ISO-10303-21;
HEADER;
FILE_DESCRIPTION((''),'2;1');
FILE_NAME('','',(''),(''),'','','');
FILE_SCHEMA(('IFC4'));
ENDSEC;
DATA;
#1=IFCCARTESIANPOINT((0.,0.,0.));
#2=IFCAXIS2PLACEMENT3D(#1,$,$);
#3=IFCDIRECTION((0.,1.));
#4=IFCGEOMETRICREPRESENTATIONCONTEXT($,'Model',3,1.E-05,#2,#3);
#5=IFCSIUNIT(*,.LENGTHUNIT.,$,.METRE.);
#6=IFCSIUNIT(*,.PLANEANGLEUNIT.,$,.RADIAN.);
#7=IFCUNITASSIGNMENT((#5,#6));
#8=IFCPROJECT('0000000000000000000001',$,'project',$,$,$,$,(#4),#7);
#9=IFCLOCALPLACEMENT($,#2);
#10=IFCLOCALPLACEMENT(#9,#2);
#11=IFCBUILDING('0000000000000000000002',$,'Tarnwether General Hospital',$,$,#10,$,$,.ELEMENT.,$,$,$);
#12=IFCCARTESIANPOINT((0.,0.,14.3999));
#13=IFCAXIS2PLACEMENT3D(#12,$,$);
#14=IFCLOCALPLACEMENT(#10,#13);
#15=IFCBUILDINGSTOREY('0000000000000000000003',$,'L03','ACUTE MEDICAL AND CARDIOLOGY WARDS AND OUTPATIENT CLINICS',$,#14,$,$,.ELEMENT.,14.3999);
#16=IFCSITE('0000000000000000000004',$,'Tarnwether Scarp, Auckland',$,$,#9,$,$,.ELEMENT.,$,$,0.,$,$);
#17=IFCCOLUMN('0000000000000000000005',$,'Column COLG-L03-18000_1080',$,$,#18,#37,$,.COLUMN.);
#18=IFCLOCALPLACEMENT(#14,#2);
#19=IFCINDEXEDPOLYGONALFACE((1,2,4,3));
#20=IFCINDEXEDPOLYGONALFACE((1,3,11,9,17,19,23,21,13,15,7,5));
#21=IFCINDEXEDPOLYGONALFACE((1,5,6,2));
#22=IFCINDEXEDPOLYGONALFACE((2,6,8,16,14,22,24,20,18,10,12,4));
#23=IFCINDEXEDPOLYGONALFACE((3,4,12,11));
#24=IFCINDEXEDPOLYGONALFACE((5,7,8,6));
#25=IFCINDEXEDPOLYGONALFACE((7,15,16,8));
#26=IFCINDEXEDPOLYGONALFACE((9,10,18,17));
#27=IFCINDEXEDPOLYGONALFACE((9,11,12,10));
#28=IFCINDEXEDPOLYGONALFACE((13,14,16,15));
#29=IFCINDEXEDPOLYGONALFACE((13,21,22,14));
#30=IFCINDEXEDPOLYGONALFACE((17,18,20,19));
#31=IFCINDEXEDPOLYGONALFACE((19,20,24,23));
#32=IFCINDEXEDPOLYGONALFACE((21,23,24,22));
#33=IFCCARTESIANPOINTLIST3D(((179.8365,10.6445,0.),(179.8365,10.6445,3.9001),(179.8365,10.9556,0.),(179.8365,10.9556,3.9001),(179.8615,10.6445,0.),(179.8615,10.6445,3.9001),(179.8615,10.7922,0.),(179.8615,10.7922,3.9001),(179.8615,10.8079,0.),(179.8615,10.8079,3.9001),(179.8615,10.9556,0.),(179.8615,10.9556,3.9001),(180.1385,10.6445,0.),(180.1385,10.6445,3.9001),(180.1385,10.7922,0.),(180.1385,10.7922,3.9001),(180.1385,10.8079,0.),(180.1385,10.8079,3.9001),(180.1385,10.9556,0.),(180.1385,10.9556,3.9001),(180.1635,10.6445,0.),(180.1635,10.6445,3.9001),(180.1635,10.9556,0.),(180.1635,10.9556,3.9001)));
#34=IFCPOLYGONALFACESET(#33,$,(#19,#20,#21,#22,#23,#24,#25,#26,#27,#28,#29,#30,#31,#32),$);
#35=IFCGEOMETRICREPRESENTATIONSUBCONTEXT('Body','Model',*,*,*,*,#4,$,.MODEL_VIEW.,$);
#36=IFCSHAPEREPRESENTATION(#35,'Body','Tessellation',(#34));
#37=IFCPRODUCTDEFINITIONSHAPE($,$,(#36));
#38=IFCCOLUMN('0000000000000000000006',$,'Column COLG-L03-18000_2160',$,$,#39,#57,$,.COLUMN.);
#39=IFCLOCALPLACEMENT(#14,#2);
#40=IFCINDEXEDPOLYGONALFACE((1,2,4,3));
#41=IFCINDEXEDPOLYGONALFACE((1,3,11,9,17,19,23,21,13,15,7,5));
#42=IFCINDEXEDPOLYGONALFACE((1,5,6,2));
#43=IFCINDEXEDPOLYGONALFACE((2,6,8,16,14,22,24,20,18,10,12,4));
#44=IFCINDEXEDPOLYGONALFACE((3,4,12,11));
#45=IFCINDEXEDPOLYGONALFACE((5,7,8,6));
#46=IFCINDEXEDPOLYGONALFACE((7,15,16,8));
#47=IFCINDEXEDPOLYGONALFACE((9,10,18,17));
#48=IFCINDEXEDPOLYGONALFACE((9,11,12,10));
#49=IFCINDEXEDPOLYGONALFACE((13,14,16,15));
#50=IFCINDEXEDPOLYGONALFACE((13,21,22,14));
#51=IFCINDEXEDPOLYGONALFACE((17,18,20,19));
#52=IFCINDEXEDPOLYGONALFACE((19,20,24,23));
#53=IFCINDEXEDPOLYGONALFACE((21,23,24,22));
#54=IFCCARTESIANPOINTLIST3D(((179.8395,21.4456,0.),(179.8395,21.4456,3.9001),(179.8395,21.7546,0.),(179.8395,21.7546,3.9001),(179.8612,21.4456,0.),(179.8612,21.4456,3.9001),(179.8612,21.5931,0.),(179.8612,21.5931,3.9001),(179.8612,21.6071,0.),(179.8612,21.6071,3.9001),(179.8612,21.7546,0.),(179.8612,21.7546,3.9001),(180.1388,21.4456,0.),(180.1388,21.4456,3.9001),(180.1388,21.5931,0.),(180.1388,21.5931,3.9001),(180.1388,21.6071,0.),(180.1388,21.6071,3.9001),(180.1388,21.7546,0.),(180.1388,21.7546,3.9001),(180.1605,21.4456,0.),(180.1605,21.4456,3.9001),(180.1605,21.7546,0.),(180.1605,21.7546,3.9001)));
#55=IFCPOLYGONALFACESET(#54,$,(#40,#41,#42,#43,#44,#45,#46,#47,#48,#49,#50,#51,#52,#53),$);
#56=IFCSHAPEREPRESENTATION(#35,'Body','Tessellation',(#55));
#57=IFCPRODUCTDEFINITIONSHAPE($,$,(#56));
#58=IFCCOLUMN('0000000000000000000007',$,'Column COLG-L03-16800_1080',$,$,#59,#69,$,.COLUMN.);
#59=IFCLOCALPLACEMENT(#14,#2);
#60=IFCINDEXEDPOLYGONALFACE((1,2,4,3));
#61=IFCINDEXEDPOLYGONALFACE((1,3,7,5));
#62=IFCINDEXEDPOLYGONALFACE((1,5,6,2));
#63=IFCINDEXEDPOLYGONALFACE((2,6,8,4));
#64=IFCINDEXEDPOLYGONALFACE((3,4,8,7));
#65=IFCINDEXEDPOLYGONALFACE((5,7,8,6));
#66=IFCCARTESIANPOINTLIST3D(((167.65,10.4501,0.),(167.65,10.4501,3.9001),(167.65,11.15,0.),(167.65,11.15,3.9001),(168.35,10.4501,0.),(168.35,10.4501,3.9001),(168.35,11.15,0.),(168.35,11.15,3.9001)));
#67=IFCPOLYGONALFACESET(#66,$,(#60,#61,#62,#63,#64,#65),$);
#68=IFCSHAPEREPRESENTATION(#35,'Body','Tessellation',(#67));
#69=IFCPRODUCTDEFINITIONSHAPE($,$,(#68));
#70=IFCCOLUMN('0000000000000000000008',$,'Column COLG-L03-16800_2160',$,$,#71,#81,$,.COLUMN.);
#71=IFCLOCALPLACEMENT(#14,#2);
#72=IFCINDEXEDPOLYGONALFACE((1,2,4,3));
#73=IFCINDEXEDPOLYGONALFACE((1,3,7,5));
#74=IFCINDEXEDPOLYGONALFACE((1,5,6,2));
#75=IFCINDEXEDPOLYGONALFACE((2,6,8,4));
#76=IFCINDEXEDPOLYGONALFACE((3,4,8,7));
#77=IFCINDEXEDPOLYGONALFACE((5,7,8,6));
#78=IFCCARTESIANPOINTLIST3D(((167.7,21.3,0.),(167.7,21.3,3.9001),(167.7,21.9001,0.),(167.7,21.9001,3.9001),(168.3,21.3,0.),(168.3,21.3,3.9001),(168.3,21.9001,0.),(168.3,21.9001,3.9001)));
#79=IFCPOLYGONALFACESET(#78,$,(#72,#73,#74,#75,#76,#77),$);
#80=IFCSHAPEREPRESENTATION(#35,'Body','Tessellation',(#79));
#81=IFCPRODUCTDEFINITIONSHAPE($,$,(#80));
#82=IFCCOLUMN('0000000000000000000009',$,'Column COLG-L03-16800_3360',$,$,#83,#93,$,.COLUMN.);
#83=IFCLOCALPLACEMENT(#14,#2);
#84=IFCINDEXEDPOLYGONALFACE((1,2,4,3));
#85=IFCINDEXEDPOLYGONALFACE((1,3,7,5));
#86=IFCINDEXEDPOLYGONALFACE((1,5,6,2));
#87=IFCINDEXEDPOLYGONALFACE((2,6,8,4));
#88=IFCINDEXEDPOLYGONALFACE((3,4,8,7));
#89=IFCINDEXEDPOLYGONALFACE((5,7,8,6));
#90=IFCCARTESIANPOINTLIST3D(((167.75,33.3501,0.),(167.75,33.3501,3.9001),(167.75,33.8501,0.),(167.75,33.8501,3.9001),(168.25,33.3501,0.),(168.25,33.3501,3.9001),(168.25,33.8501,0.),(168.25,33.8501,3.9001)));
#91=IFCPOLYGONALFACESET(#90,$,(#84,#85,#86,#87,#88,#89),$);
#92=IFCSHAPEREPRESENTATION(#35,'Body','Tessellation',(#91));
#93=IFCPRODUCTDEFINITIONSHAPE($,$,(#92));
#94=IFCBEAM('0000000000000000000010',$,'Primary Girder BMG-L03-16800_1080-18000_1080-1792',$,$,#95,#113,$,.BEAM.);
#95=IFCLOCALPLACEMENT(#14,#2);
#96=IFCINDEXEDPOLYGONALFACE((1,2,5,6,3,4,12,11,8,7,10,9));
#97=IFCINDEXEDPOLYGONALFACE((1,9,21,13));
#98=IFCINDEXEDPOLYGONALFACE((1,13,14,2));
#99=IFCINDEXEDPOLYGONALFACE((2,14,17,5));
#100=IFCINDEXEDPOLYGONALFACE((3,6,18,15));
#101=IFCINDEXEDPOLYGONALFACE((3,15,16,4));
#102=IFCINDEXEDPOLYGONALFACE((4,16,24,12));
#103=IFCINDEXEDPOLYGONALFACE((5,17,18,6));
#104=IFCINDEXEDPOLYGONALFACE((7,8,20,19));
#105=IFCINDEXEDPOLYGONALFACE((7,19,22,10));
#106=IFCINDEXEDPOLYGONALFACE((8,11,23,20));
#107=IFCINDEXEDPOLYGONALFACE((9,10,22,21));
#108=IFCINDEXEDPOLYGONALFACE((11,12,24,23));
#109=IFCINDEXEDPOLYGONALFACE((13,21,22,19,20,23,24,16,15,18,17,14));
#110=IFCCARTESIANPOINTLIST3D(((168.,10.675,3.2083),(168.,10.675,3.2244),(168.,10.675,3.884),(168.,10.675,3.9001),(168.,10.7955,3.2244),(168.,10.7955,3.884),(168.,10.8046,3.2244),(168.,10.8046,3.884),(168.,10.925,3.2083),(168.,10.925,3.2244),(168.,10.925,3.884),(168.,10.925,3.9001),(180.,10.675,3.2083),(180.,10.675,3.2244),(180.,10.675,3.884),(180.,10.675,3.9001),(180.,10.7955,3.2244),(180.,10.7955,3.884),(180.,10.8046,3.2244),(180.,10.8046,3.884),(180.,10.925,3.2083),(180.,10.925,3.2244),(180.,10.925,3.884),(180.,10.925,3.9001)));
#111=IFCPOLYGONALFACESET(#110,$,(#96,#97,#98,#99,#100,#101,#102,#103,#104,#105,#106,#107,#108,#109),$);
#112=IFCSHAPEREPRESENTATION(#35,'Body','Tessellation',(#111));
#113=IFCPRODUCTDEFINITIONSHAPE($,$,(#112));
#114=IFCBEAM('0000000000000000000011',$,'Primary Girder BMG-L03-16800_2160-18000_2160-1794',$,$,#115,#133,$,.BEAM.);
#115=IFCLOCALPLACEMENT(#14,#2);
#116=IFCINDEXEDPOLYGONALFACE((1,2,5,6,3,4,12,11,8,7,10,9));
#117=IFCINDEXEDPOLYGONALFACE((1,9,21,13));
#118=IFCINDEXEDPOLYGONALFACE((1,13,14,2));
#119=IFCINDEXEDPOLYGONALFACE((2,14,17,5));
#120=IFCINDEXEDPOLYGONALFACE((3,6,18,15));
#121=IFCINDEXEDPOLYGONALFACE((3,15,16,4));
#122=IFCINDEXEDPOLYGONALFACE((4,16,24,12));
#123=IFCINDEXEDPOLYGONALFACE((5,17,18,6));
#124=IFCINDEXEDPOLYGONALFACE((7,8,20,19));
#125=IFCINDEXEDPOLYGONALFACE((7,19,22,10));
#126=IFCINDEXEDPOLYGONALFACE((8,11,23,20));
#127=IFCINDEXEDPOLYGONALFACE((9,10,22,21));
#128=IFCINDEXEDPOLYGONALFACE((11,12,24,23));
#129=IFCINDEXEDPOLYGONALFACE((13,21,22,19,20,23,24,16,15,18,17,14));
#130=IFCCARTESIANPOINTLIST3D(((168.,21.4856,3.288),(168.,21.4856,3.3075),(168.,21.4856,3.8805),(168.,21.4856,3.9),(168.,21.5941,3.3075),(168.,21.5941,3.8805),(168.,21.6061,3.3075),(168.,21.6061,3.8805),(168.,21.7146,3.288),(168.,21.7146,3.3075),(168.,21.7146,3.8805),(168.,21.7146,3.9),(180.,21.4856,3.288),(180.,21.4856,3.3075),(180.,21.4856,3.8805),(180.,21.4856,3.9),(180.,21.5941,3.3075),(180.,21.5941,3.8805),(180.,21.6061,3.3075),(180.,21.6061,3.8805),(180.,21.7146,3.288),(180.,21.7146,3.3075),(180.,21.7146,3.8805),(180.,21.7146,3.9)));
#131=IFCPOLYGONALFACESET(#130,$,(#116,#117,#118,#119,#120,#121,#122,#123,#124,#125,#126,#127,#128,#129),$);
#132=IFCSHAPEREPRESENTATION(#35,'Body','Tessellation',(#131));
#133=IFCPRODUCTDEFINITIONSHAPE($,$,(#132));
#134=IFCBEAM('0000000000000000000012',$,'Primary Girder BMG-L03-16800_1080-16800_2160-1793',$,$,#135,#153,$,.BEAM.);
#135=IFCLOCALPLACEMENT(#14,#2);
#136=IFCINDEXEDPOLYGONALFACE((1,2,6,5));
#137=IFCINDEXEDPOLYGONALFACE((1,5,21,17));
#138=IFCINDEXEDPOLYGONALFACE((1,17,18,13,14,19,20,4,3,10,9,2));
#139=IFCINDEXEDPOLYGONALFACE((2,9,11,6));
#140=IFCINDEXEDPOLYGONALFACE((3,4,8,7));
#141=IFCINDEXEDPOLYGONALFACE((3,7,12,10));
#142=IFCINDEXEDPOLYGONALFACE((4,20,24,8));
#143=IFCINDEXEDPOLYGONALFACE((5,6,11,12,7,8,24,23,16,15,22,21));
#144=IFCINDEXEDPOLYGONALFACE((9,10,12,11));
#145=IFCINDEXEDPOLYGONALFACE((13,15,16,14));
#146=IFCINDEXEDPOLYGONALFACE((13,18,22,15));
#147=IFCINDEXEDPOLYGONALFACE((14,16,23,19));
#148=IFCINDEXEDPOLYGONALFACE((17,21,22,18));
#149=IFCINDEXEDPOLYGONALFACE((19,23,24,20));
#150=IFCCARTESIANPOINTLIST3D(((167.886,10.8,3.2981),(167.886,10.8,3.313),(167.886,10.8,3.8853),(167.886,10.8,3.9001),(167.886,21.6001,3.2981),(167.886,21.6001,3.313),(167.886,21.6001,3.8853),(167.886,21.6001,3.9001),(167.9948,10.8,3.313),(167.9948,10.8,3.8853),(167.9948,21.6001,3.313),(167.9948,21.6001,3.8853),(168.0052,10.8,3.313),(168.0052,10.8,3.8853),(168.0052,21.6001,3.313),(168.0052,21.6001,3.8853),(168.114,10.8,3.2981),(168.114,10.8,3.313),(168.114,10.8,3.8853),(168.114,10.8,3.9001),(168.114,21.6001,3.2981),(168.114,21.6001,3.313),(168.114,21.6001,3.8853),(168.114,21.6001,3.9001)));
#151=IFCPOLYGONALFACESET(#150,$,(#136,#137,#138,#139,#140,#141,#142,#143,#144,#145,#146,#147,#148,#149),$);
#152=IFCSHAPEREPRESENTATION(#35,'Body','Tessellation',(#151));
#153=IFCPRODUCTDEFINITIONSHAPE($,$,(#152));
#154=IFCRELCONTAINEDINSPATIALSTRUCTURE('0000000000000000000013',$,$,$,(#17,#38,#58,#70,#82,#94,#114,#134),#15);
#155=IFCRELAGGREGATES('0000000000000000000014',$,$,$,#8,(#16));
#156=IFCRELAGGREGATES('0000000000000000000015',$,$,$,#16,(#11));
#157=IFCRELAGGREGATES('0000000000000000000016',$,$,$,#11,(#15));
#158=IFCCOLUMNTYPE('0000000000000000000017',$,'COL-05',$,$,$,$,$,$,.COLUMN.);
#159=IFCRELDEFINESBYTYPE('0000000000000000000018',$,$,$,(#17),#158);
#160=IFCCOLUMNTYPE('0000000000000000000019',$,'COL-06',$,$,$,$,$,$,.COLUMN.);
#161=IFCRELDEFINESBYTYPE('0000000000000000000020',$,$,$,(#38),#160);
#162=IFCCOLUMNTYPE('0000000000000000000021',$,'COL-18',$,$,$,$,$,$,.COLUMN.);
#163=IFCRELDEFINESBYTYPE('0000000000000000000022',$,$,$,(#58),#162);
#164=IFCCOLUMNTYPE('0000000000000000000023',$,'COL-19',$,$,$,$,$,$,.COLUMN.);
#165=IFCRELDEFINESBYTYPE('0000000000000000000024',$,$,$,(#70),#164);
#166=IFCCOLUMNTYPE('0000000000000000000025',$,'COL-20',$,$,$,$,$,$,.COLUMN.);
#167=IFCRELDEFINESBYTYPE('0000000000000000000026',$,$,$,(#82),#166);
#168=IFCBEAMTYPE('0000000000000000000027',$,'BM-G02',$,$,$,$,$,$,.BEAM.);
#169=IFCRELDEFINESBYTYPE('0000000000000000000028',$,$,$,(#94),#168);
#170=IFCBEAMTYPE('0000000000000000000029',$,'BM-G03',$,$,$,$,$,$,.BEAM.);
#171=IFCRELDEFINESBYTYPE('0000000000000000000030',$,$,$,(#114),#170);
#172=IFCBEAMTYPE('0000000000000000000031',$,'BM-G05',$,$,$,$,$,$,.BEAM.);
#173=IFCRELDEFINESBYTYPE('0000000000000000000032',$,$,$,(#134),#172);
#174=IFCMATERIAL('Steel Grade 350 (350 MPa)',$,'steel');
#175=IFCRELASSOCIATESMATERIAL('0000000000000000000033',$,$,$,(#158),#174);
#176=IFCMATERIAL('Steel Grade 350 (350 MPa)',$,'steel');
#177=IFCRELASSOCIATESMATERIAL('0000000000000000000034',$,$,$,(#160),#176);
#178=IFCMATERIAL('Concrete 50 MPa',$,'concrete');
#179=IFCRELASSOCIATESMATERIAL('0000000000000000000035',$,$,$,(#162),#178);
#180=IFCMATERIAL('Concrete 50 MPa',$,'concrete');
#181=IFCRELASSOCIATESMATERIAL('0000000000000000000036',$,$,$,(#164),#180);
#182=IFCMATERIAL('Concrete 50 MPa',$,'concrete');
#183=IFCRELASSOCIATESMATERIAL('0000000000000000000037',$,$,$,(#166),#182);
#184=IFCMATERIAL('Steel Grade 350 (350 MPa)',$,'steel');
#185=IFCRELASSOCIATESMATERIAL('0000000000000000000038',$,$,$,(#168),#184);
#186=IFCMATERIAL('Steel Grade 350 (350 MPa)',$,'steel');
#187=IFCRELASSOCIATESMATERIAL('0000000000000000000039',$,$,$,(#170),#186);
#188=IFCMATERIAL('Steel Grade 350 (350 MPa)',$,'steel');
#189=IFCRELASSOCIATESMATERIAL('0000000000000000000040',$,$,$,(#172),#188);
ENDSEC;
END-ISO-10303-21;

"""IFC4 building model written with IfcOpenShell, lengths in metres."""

from ifc_helpers import new_model, si_unit, direction, frame, origin, origin_2d, place, context, subcontext, project, spatial, rectangle, i_section, extrude, material, material_profile, profile_set, type_object, element, save


model = new_model("IFC4")

# Units and contexts
model_context = context("Model", 3, precision=1e-05, world=origin(), true_north=direction((0.0, 1.0)))
body_context = subcontext(model_context, "Body", "Model", "MODEL_VIEW")
ifc_project = project(units=[si_unit("LENGTHUNIT", "METRE"), si_unit("PLANEANGLEUNIT", "RADIAN")], contexts=[model_context])

# Site, building, storey
site_placement = place(None, origin())
site = spatial("IfcSite", under=ifc_project, at=site_placement, Name="Tarnwether Scarp, Auckland", CompositionType="ELEMENT", RefElevation=0.0)
building_placement = place(site_placement, origin())
building = spatial("IfcBuilding", under=site, at=building_placement, Name="Tarnwether General Hospital", CompositionType="ELEMENT")
storey_placement = place(building_placement, frame((0.0, 0.0, 14.3999)))
storey = spatial("IfcBuildingStorey", under=building, at=storey_placement, Name="L03", Description="ACUTE MEDICAL AND CARDIOLOGY WARDS AND OUTPATIENT CLINICS", CompositionType="ELEMENT", Elevation=14.3999)

# Columns
ifc_material_1 = material(Name="Steel Grade 350 (350 MPa)", Category="steel")
ifc_material_profile_1 = material_profile(ifc_material_1, i_section(OverallWidth=0.311, OverallDepth=0.3269, WebThickness=0.0156, FlangeThickness=0.0249, at=origin_2d()), Name="310UC158")
ifc_profile_set_1 = profile_set([ifc_material_profile_1], Name="Steel Grade 350 (350 MPa)")
column_type_1 = type_object("IfcColumnType", Name="COL-05", PredefinedType="COLUMN", material=ifc_profile_set_1)
column_1_placement = place(storey_placement, frame((180.0, 10.8, 0.0), z_axis=(0.0, 0.0, 1.0), x_axis=(0.0, 1.0, 0.0)))
element("IfcColumn", 1, at=column_1_placement, inside=storey, type_object=column_type_1, Name="Column COLG-L03-18000_1080", PredefinedType="COLUMN", context=body_context, shape_type="SweptSolid", body=[
    extrude(i_section(OverallWidth=0.311, OverallDepth=0.3269, WebThickness=0.0156, FlangeThickness=0.0249, at=origin_2d()), origin(), (0.0, 0.0, 1.0), 3.9001),
])
ifc_material_2 = material(Name="Steel Grade 350 (350 MPa)", Category="steel")
ifc_material_profile_2 = material_profile(ifc_material_2, i_section(OverallWidth=0.3091, OverallDepth=0.321, WebThickness=0.0139, FlangeThickness=0.0217, at=origin_2d()), Name="310UC137")
ifc_profile_set_2 = profile_set([ifc_material_profile_2], Name="Steel Grade 350 (350 MPa)")
column_type_2 = type_object("IfcColumnType", Name="COL-06", PredefinedType="COLUMN", material=ifc_profile_set_2)
column_2_placement = place(storey_placement, frame((180.0, 21.6001, 0.0), z_axis=(0.0, 0.0, 1.0), x_axis=(0.0, 1.0, 0.0)))
element("IfcColumn", 2, at=column_2_placement, inside=storey, type_object=column_type_2, Name="Column COLG-L03-18000_2160", PredefinedType="COLUMN", context=body_context, shape_type="SweptSolid", body=[
    extrude(i_section(OverallWidth=0.3091, OverallDepth=0.321, WebThickness=0.0139, FlangeThickness=0.0217, at=origin_2d()), origin(), (0.0, 0.0, 1.0), 3.9001),
])
ifc_material_3 = material(Name="Concrete 50 MPa", Category="concrete")
ifc_material_profile_3 = material_profile(ifc_material_3, rectangle(XDim=0.7, YDim=0.7, at=origin_2d()), Name="RC-COL-700x700")
ifc_profile_set_3 = profile_set([ifc_material_profile_3], Name="Concrete 50 MPa")
column_type_3 = type_object("IfcColumnType", Name="COL-18", PredefinedType="COLUMN", material=ifc_profile_set_3)
column_3_placement = place(storey_placement, frame((168.0, 10.8, 0.0), z_axis=(0.0, 0.0, 1.0), x_axis=(1.0, 0.0, 0.0)))
element("IfcColumn", 3, at=column_3_placement, inside=storey, type_object=column_type_3, Name="Column COLG-L03-16800_1080", PredefinedType="COLUMN", context=body_context, shape_type="SweptSolid", body=[
    extrude(rectangle(XDim=0.7, YDim=0.7, at=origin_2d()), origin(), (0.0, 0.0, 1.0), 3.9001),
])
ifc_material_4 = material(Name="Concrete 50 MPa", Category="concrete")
ifc_material_profile_4 = material_profile(ifc_material_4, rectangle(XDim=0.6001, YDim=0.6001, at=origin_2d()), Name="RC-COL-600x600")
ifc_profile_set_4 = profile_set([ifc_material_profile_4], Name="Concrete 50 MPa")
column_type_4 = type_object("IfcColumnType", Name="COL-19", PredefinedType="COLUMN", material=ifc_profile_set_4)
column_4_placement = place(storey_placement, frame((168.0, 21.6001, 0.0), z_axis=(0.0, 0.0, 1.0), x_axis=(1.0, 0.0, 0.0)))
element("IfcColumn", 4, at=column_4_placement, inside=storey, type_object=column_type_4, Name="Column COLG-L03-16800_2160", PredefinedType="COLUMN", context=body_context, shape_type="SweptSolid", body=[
    extrude(rectangle(XDim=0.6001, YDim=0.6001, at=origin_2d()), origin(), (0.0, 0.0, 1.0), 3.9001),
])
ifc_material_5 = material(Name="Concrete 50 MPa", Category="concrete")
ifc_material_profile_5 = material_profile(ifc_material_5, rectangle(XDim=0.5, YDim=0.5, at=origin_2d()), Name="RC-COL-500x500")
ifc_profile_set_5 = profile_set([ifc_material_profile_5], Name="Concrete 50 MPa")
column_type_5 = type_object("IfcColumnType", Name="COL-20", PredefinedType="COLUMN", material=ifc_profile_set_5)
column_5_placement = place(storey_placement, frame((168.0, 33.6001, 0.0), z_axis=(0.0, 0.0, 1.0), x_axis=(1.0, 0.0, 0.0)))
element("IfcColumn", 5, at=column_5_placement, inside=storey, type_object=column_type_5, Name="Column COLG-L03-16800_3360", PredefinedType="COLUMN", context=body_context, shape_type="SweptSolid", body=[
    extrude(rectangle(XDim=0.5, YDim=0.5, at=origin_2d()), origin(), (0.0, 0.0, 1.0), 3.9001),
])

# Beams
ifc_material_6 = material(Name="Steel Grade 350 (350 MPa)", Category="steel")
ifc_material_profile_6 = material_profile(ifc_material_6, i_section(OverallWidth=0.25, OverallDepth=0.6919, WebThickness=0.009, FlangeThickness=0.0161, at=origin_2d()), Name="700WB115")
ifc_profile_set_6 = profile_set([ifc_material_profile_6], Name="Steel Grade 350 (350 MPa)")
beam_type_1 = type_object("IfcBeamType", Name="BM-G02", PredefinedType="BEAM", material=ifc_profile_set_6)
beam_1_placement = place(storey_placement, frame((168.0, 10.8, 3.5542), z_axis=(1.0, 0.0, 0.0), x_axis=(0.0, 1.0, 0.0)))
element("IfcBeam", 6, at=beam_1_placement, inside=storey, type_object=beam_type_1, Name="Primary Girder BMG-L03-16800_1080-18000_1080-1792", PredefinedType="BEAM", context=body_context, shape_type="SweptSolid", body=[
    extrude(i_section(OverallWidth=0.25, OverallDepth=0.6919, WebThickness=0.009, FlangeThickness=0.0161, at=origin_2d()), origin(), (0.0, 0.0, 1.0), 12.0),
])
ifc_material_7 = material(Name="Steel Grade 350 (350 MPa)", Category="steel")
ifc_material_profile_7 = material_profile(ifc_material_7, i_section(OverallWidth=0.229, OverallDepth=0.6121, WebThickness=0.012, FlangeThickness=0.0195, at=origin_2d()), Name="610UB125")
ifc_profile_set_7 = profile_set([ifc_material_profile_7], Name="Steel Grade 350 (350 MPa)")
beam_type_2 = type_object("IfcBeamType", Name="BM-G03", PredefinedType="BEAM", material=ifc_profile_set_7)
beam_2_placement = place(storey_placement, frame((168.0, 21.6001, 3.594), z_axis=(1.0, 0.0, 0.0), x_axis=(0.0, 1.0, 0.0)))
element("IfcBeam", 7, at=beam_2_placement, inside=storey, type_object=beam_type_2, Name="Primary Girder BMG-L03-16800_2160-18000_2160-1794", PredefinedType="BEAM", context=body_context, shape_type="SweptSolid", body=[
    extrude(i_section(OverallWidth=0.229, OverallDepth=0.6121, WebThickness=0.012, FlangeThickness=0.0195, at=origin_2d()), origin(), (0.0, 0.0, 1.0), 12.0),
])
ifc_material_8 = material(Name="Steel Grade 350 (350 MPa)", Category="steel")
ifc_material_profile_8 = material_profile(ifc_material_8, i_section(OverallWidth=0.228, OverallDepth=0.6021, WebThickness=0.0105, FlangeThickness=0.0149, at=origin_2d()), Name="610UB101")
ifc_profile_set_8 = profile_set([ifc_material_profile_8], Name="Steel Grade 350 (350 MPa)")
beam_type_3 = type_object("IfcBeamType", Name="BM-G05", PredefinedType="BEAM", material=ifc_profile_set_8)
beam_3_placement = place(storey_placement, frame((168.0, 10.8, 3.5991), z_axis=(0.0, 1.0, 0.0), x_axis=(-1.0, 0.0, 0.0)))
element("IfcBeam", 8, at=beam_3_placement, inside=storey, type_object=beam_type_3, Name="Primary Girder BMG-L03-16800_1080-16800_2160-1793", PredefinedType="BEAM", context=body_context, shape_type="SweptSolid", body=[
    extrude(i_section(OverallWidth=0.228, OverallDepth=0.6021, WebThickness=0.0105, FlangeThickness=0.0149, at=origin_2d()), origin(), (0.0, 0.0, 1.0), 10.8),
])

save(model, "model.ifc")
